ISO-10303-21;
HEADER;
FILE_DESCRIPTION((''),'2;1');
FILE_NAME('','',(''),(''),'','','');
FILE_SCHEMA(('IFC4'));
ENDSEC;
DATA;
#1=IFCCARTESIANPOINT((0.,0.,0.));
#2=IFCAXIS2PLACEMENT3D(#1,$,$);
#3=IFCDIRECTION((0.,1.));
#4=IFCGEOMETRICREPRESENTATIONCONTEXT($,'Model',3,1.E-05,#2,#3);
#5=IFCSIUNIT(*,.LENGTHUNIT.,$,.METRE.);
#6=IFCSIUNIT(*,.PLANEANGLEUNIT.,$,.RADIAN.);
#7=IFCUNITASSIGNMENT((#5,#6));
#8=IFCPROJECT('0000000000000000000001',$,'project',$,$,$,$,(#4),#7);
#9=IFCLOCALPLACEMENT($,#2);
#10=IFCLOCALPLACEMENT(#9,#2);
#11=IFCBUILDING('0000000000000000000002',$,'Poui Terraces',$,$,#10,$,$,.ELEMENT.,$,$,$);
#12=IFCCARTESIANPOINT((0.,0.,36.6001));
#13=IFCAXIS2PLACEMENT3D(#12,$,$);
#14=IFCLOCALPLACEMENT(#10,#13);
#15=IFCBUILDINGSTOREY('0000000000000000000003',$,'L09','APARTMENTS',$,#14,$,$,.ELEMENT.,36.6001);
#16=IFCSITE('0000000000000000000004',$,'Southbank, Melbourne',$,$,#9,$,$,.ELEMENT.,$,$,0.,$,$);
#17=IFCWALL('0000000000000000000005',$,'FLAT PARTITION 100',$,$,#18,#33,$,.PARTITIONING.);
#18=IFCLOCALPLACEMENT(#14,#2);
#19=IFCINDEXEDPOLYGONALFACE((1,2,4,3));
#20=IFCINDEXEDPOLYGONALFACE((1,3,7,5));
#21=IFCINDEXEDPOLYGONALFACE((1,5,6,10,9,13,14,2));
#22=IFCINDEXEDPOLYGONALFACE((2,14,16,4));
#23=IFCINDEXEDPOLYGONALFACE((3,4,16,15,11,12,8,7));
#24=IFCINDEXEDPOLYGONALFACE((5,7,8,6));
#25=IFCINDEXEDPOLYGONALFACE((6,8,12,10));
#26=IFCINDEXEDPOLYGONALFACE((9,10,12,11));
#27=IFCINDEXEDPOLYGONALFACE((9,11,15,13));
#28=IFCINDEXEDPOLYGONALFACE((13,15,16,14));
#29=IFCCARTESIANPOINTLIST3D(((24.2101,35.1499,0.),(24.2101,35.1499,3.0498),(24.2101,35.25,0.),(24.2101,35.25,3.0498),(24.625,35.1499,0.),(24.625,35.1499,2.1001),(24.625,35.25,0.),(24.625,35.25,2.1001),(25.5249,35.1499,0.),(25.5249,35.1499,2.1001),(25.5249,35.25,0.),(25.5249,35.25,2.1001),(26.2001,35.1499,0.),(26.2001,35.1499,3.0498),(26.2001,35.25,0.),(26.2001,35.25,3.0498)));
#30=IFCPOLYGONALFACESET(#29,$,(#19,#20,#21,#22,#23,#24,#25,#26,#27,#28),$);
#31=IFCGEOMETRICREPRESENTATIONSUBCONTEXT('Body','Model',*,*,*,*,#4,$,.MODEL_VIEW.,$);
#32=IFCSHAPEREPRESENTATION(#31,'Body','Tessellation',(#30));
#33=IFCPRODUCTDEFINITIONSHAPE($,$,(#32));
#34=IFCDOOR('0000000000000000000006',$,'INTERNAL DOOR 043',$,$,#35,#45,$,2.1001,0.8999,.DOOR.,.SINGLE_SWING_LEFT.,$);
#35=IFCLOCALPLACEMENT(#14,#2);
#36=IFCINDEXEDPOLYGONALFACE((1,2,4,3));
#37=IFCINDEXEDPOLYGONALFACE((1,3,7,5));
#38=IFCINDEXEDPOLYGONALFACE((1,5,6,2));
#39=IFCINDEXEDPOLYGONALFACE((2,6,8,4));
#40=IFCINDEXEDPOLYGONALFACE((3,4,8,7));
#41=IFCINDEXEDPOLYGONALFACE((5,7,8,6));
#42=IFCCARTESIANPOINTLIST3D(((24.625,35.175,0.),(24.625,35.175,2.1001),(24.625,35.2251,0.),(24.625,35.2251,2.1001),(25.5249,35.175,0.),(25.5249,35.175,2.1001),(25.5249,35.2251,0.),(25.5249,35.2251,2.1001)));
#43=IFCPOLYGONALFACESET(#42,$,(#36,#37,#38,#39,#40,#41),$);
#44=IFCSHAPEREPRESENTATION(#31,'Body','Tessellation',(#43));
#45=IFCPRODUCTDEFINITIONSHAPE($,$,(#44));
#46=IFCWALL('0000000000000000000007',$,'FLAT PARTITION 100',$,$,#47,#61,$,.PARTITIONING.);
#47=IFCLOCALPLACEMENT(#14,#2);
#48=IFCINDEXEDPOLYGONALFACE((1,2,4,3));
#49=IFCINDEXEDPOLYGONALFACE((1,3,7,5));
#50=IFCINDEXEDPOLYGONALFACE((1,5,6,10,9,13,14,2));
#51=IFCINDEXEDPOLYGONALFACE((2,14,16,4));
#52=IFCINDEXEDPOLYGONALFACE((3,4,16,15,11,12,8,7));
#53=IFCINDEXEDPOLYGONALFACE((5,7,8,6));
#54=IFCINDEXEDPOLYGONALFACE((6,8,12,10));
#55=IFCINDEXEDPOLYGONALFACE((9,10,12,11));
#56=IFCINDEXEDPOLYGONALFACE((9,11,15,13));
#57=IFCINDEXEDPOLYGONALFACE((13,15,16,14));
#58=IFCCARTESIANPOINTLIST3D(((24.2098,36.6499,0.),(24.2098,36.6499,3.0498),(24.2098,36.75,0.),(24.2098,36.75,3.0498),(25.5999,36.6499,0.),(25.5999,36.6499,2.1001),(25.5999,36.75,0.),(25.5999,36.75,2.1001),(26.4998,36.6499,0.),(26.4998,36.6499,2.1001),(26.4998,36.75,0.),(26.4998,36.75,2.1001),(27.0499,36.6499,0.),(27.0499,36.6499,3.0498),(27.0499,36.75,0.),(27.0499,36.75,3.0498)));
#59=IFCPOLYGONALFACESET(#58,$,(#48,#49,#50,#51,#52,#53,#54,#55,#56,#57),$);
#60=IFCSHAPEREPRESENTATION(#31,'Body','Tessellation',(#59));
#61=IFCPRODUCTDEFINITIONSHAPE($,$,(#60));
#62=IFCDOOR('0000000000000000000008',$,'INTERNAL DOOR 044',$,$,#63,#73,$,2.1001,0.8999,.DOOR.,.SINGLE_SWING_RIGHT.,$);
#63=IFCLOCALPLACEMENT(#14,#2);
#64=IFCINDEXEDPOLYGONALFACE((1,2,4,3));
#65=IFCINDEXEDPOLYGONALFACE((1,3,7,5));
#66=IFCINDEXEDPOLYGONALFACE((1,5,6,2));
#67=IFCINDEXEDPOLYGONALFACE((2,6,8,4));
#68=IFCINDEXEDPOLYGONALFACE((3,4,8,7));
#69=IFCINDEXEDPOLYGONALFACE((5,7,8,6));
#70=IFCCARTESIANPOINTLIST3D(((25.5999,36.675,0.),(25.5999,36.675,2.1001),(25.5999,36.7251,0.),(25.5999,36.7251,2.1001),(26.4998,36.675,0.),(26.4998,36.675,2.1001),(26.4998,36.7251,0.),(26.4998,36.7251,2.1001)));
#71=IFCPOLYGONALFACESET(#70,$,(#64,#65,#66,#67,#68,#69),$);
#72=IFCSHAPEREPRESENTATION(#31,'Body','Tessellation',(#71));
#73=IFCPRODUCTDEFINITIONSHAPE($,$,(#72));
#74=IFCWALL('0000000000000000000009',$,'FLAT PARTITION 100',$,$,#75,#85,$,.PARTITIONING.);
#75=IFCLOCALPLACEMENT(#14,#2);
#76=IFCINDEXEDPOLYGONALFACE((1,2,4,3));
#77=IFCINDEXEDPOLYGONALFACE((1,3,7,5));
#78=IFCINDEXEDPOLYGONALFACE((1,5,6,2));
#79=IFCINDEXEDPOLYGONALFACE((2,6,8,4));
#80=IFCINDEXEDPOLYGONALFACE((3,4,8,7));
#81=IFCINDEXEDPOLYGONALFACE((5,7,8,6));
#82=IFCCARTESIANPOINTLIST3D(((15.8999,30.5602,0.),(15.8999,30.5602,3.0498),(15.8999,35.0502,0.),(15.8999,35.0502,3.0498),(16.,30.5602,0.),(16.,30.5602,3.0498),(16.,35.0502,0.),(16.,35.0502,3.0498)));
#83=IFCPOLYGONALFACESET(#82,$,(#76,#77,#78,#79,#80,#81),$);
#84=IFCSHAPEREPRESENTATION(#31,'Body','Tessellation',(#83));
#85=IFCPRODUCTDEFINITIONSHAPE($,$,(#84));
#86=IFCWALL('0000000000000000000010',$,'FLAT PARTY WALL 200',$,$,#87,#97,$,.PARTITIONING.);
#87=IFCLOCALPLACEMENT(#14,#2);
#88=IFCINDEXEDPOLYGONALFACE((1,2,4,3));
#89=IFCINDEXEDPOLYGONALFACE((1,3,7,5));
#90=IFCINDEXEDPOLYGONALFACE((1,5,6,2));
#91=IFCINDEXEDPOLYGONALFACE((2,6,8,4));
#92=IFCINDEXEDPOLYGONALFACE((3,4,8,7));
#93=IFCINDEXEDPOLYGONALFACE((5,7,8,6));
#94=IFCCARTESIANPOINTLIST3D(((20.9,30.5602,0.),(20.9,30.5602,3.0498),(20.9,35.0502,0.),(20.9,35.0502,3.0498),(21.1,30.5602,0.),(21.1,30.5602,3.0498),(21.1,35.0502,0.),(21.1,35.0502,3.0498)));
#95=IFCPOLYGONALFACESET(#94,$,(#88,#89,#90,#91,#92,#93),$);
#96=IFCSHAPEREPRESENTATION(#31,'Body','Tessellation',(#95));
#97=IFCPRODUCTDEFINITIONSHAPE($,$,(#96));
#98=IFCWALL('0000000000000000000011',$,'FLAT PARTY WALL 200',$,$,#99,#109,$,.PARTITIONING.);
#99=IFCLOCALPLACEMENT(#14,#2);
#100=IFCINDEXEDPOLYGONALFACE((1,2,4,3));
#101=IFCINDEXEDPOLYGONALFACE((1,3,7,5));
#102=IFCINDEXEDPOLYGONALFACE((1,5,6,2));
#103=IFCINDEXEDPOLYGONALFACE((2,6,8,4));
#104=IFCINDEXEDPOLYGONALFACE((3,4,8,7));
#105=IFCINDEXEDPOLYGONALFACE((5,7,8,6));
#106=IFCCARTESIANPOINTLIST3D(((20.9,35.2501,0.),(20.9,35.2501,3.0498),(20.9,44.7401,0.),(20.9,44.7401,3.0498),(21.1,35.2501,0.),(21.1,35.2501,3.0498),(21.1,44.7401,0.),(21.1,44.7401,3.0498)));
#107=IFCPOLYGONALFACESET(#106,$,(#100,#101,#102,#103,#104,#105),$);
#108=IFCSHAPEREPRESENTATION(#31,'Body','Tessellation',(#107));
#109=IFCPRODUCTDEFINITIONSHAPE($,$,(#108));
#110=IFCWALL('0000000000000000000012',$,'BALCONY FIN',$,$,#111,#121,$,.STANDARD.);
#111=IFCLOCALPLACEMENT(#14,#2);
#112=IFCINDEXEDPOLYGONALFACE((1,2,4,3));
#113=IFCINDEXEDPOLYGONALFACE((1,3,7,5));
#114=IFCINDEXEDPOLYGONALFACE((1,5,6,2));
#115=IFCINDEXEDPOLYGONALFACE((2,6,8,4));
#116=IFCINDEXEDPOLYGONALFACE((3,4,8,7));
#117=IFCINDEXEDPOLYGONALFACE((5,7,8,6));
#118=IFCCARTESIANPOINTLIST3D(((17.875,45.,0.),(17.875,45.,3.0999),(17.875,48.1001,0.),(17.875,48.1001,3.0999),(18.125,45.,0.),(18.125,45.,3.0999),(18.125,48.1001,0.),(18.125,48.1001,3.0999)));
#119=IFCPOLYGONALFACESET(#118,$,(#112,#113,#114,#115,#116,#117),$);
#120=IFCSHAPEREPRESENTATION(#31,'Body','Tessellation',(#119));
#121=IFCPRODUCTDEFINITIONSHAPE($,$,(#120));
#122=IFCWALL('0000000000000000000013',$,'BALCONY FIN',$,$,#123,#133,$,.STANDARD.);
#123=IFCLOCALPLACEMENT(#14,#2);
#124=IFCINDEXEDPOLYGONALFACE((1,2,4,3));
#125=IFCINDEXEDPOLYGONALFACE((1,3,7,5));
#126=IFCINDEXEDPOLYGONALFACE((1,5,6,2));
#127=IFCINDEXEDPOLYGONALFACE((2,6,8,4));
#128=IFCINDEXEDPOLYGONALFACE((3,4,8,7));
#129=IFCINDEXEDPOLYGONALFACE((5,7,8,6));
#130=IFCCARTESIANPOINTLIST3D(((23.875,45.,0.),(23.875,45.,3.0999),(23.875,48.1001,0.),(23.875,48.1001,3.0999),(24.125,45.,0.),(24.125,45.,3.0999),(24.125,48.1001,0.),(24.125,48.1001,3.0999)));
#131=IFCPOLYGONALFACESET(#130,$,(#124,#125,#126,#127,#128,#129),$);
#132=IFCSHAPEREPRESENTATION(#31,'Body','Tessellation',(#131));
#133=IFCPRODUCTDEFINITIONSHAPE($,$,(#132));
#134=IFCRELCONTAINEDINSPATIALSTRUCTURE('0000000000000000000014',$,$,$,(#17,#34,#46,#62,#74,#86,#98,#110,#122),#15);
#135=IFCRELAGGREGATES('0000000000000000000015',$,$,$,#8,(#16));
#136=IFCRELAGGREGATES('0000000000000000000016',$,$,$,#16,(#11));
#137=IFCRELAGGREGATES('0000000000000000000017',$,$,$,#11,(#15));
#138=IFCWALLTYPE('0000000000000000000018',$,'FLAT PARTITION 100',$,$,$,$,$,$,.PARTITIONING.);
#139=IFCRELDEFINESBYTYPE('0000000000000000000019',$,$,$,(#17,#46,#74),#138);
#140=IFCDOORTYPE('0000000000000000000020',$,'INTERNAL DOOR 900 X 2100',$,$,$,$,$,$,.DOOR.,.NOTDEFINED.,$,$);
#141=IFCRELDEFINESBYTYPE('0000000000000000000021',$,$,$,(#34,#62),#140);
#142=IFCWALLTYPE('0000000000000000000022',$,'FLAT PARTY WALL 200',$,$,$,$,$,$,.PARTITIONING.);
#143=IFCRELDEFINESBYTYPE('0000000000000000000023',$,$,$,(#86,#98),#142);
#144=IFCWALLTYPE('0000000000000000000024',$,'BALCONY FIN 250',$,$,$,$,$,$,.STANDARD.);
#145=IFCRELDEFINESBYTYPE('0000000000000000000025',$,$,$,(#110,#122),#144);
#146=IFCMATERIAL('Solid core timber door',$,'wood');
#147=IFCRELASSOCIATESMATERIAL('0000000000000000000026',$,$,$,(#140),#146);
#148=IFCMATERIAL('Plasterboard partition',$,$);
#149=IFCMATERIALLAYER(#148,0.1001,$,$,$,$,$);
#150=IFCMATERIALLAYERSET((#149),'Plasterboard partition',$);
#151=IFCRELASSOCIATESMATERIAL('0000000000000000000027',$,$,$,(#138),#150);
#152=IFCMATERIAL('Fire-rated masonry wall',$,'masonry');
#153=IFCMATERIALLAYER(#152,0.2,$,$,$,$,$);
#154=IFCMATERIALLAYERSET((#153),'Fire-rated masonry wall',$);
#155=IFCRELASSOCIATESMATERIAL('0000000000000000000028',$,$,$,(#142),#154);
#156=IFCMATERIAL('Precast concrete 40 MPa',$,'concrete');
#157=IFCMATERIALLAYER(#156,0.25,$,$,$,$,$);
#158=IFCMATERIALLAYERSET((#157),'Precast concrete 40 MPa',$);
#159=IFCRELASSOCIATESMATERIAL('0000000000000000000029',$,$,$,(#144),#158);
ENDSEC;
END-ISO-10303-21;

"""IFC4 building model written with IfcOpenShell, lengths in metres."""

from ifc_helpers import new_model, si_unit, direction, frame, frame_2d, origin, place, context, subcontext, project, spatial, polyline, rectangle, outline, extrude, source, transform, mapped, material, layer, layer_set, type_object, element, fill, save


model = new_model("IFC4")

# Units and contexts
model_context = context("Model", 3, precision=1e-05, world=origin(), true_north=direction((0.0, 1.0)))
body_context = subcontext(model_context, "Body", "Model", "MODEL_VIEW")
ifc_project = project(units=[si_unit("LENGTHUNIT", "METRE"), si_unit("PLANEANGLEUNIT", "RADIAN")], contexts=[model_context])

# Site, building, storey
site_placement = place(None, origin())
site = spatial("IfcSite", under=ifc_project, at=site_placement, Name="Southbank, Melbourne", CompositionType="ELEMENT", RefElevation=0.0)
building_placement = place(site_placement, origin())
building = spatial("IfcBuilding", under=site, at=building_placement, Name="Poui Terraces", CompositionType="ELEMENT")
storey_placement = place(building_placement, frame((0.0, 0.0, 36.6001)))
storey = spatial("IfcBuildingStorey", under=building, at=storey_placement, Name="L09", Description="APARTMENTS", CompositionType="ELEMENT", Elevation=36.6001)

# Walls, openings, doors
ifc_material_1 = material(Name="Solid core timber door", Category="wood")
door_type_1 = type_object("IfcDoorType", Name="INTERNAL DOOR 900 X 2100", OperationType="NOTDEFINED", PredefinedType="DOOR", material=ifc_material_1)
ifc_material_2 = material(Name="Plasterboard partition")
ifc_layer_1 = layer(ifc_material_2, 0.1001)
ifc_layer_set_1 = layer_set([ifc_layer_1], Name="Plasterboard partition")
wall_type_1 = type_object("IfcWallType", Name="FLAT PARTITION 100", PredefinedType="PARTITIONING", material=ifc_layer_set_1)
wall_1_placement = place(storey_placement, frame((24.21, 35.2, 0.0), z_axis=(0.0, 0.0, 1.0), x_axis=(1.0, 0.0, 0.0)))
wall_1 = element("IfcWall", 1, at=wall_1_placement, inside=storey, type_object=wall_type_1, Name="FLAT PARTITION 100", PredefinedType="PARTITIONING", context=body_context, shape_type="SweptSolid", body=[
    extrude(rectangle(XDim=1.99, YDim=0.1001, at=frame_2d((0.9951, 0.0))), origin(), (0.0, 0.0, 1.0), 3.0498),
])
opening_1_placement = place(wall_1_placement, frame((0.415, 0.0, 0.0)))
opening_1 = element("IfcOpeningElement", 2, at=opening_1_placement, cuts=wall_1, PredefinedType="OPENING", context=body_context, shape_type="SweptSolid", body=[
    extrude(rectangle(XDim=0.8999, YDim=2.1001, at=frame_2d((0.45, 1.05))), frame((0.0, 0.0601, 0.0), z_axis=(0.0, -1.0, 0.0), x_axis=(1.0, 0.0, 0.0)), (0.0, 0.0, 1.0), 0.1201),
])
door_1_placement = place(opening_1_placement, frame((0.8999, 0.0, 0.0), z_axis=(0.0, 0.0, 1.0), x_axis=(-1.0, 0.0, 0.0)))
door_1 = element("IfcDoor", 3, at=door_1_placement, inside=storey, type_object=door_type_1, Name="INTERNAL DOOR 043", OperationType="SINGLE_SWING_LEFT", OverallHeight=2.1001, OverallWidth=0.8999, PredefinedType="DOOR", context=body_context, shape_type="SweptSolid", body=[
    extrude(rectangle(XDim=0.8999, YDim=2.1001, at=frame_2d((0.45, 1.05))), frame((0.0, 0.0249, 0.0), z_axis=(0.0, -1.0, 0.0), x_axis=(1.0, 0.0, 0.0)), (0.0, 0.0, 1.0), 0.05),
])
fill(opening_1, door_1)
wall_2_placement = place(storey_placement, frame((24.21, 36.7, 0.0), z_axis=(0.0, 0.0, 1.0), x_axis=(1.0, 0.0, 0.0)))
wall_2 = element("IfcWall", 4, at=wall_2_placement, inside=storey, type_object=wall_type_1, Name="FLAT PARTITION 100", PredefinedType="PARTITIONING", context=body_context, shape_type="SweptSolid", body=[
    extrude(rectangle(XDim=2.8401, YDim=0.1001, at=frame_2d((1.4199, 0.0))), origin(), (0.0, 0.0, 1.0), 3.0498),
])
opening_2_placement = place(wall_2_placement, frame((1.3899, 0.0, 0.0)))
opening_2 = element("IfcOpeningElement", 5, at=opening_2_placement, cuts=wall_2, PredefinedType="OPENING", context=body_context, shape_type="SweptSolid", body=[
    extrude(rectangle(XDim=0.8999, YDim=2.1001, at=frame_2d((0.45, 1.05))), frame((0.0, 0.0601, 0.0), z_axis=(0.0, -1.0, 0.0), x_axis=(1.0, 0.0, 0.0)), (0.0, 0.0, 1.0), 0.1201),
])
door_2_placement = place(opening_2_placement, frame((0.8999, 0.0, 0.0), z_axis=(0.0, 0.0, 1.0), x_axis=(-1.0, 0.0, 0.0)))
door_2 = element("IfcDoor", 6, at=door_2_placement, inside=storey, type_object=door_type_1, Name="INTERNAL DOOR 044", OperationType="SINGLE_SWING_RIGHT", OverallHeight=2.1001, OverallWidth=0.8999, PredefinedType="DOOR", context=body_context, shape_type="SweptSolid", body=[
    extrude(rectangle(XDim=0.8999, YDim=2.1001, at=frame_2d((0.45, 1.05))), frame((0.0, 0.0249, 0.0), z_axis=(0.0, -1.0, 0.0), x_axis=(1.0, 0.0, 0.0)), (0.0, 0.0, 1.0), 0.05),
])
fill(opening_2, door_2)

# Walls
wall_3_placement = place(storey_placement, frame((15.95, 30.5601, 0.0), z_axis=(0.0, 0.0, 1.0), x_axis=(0.0, 1.0, 0.0)))
element("IfcWall", 7, at=wall_3_placement, inside=storey, type_object=wall_type_1, Name="FLAT PARTITION 100", PredefinedType="PARTITIONING", context=body_context, shape_type="SweptSolid", body=[
    extrude(rectangle(XDim=4.49, YDim=0.1001, at=frame_2d((2.2451, 0.0))), origin(), (0.0, 0.0, 1.0), 3.0498),
])
ifc_material_3 = material(Name="Fire-rated masonry wall", Category="masonry")
ifc_layer_2 = layer(ifc_material_3, 0.2)
ifc_layer_set_2 = layer_set([ifc_layer_2], Name="Fire-rated masonry wall")
wall_type_2 = type_object("IfcWallType", Name="FLAT PARTY WALL 200", PredefinedType="PARTITIONING", material=ifc_layer_set_2)
wall_4_placement = place(storey_placement, frame((21.0, 30.5601, 0.0), z_axis=(0.0, 0.0, 1.0), x_axis=(0.0, 1.0, 0.0)))
element("IfcWall", 8, at=wall_4_placement, inside=storey, type_object=wall_type_2, Name="FLAT PARTY WALL 200", PredefinedType="PARTITIONING", context=body_context, shape_type="SweptSolid", body=[
    extrude(rectangle(XDim=4.49, YDim=0.2, at=frame_2d((2.2451, 0.0))), origin(), (0.0, 0.0, 1.0), 3.0498),
])
wall_5_placement = place(storey_placement, frame((21.0, 35.25, 0.0), z_axis=(0.0, 0.0, 1.0), x_axis=(0.0, 1.0, 0.0)))
element("IfcWall", 9, at=wall_5_placement, inside=storey, type_object=wall_type_2, Name="FLAT PARTY WALL 200", PredefinedType="PARTITIONING", context=body_context, shape_type="SweptSolid", body=[
    extrude(rectangle(XDim=9.49, YDim=0.2, at=frame_2d((4.7451, 0.0))), origin(), (0.0, 0.0, 1.0), 3.0498),
])
ifc_material_4 = material(Name="Precast concrete 40 MPa", Category="concrete")
ifc_layer_3 = layer(ifc_material_4, 0.25)
ifc_layer_set_3 = layer_set([ifc_layer_3], Name="Precast concrete 40 MPa")
wall_type_3 = type_object("IfcWallType", Name="BALCONY FIN 250", PredefinedType="STANDARD", material=ifc_layer_set_3)
shared_shape_1 = source(origin(), body_context, "Body", "SweptSolid", [
    extrude(outline(polyline([(0.0, 0.0), (0.25, 0.0), (0.25, 3.1001), (0.0, 3.1001), (0.0, 0.0)])), origin(), (0.0, 0.0, 1.0), 3.0999),
])
for number, where, name in (
    (10, (17.875, 45.0, 0.0), "BALCONY FIN"),
    (11, (23.875, 45.0, 0.0), "BALCONY FIN"),
):
    element("IfcWall", number, at=place(storey_placement, frame(where)), inside=storey, type_object=wall_type_3, Name=name, PredefinedType="STANDARD", context=body_context, shape_type="MappedRepresentation", body=[
        mapped(shared_shape_1, transform((0.0, 0.0, 0.0))),
    ])

save(model, "model.ifc")
